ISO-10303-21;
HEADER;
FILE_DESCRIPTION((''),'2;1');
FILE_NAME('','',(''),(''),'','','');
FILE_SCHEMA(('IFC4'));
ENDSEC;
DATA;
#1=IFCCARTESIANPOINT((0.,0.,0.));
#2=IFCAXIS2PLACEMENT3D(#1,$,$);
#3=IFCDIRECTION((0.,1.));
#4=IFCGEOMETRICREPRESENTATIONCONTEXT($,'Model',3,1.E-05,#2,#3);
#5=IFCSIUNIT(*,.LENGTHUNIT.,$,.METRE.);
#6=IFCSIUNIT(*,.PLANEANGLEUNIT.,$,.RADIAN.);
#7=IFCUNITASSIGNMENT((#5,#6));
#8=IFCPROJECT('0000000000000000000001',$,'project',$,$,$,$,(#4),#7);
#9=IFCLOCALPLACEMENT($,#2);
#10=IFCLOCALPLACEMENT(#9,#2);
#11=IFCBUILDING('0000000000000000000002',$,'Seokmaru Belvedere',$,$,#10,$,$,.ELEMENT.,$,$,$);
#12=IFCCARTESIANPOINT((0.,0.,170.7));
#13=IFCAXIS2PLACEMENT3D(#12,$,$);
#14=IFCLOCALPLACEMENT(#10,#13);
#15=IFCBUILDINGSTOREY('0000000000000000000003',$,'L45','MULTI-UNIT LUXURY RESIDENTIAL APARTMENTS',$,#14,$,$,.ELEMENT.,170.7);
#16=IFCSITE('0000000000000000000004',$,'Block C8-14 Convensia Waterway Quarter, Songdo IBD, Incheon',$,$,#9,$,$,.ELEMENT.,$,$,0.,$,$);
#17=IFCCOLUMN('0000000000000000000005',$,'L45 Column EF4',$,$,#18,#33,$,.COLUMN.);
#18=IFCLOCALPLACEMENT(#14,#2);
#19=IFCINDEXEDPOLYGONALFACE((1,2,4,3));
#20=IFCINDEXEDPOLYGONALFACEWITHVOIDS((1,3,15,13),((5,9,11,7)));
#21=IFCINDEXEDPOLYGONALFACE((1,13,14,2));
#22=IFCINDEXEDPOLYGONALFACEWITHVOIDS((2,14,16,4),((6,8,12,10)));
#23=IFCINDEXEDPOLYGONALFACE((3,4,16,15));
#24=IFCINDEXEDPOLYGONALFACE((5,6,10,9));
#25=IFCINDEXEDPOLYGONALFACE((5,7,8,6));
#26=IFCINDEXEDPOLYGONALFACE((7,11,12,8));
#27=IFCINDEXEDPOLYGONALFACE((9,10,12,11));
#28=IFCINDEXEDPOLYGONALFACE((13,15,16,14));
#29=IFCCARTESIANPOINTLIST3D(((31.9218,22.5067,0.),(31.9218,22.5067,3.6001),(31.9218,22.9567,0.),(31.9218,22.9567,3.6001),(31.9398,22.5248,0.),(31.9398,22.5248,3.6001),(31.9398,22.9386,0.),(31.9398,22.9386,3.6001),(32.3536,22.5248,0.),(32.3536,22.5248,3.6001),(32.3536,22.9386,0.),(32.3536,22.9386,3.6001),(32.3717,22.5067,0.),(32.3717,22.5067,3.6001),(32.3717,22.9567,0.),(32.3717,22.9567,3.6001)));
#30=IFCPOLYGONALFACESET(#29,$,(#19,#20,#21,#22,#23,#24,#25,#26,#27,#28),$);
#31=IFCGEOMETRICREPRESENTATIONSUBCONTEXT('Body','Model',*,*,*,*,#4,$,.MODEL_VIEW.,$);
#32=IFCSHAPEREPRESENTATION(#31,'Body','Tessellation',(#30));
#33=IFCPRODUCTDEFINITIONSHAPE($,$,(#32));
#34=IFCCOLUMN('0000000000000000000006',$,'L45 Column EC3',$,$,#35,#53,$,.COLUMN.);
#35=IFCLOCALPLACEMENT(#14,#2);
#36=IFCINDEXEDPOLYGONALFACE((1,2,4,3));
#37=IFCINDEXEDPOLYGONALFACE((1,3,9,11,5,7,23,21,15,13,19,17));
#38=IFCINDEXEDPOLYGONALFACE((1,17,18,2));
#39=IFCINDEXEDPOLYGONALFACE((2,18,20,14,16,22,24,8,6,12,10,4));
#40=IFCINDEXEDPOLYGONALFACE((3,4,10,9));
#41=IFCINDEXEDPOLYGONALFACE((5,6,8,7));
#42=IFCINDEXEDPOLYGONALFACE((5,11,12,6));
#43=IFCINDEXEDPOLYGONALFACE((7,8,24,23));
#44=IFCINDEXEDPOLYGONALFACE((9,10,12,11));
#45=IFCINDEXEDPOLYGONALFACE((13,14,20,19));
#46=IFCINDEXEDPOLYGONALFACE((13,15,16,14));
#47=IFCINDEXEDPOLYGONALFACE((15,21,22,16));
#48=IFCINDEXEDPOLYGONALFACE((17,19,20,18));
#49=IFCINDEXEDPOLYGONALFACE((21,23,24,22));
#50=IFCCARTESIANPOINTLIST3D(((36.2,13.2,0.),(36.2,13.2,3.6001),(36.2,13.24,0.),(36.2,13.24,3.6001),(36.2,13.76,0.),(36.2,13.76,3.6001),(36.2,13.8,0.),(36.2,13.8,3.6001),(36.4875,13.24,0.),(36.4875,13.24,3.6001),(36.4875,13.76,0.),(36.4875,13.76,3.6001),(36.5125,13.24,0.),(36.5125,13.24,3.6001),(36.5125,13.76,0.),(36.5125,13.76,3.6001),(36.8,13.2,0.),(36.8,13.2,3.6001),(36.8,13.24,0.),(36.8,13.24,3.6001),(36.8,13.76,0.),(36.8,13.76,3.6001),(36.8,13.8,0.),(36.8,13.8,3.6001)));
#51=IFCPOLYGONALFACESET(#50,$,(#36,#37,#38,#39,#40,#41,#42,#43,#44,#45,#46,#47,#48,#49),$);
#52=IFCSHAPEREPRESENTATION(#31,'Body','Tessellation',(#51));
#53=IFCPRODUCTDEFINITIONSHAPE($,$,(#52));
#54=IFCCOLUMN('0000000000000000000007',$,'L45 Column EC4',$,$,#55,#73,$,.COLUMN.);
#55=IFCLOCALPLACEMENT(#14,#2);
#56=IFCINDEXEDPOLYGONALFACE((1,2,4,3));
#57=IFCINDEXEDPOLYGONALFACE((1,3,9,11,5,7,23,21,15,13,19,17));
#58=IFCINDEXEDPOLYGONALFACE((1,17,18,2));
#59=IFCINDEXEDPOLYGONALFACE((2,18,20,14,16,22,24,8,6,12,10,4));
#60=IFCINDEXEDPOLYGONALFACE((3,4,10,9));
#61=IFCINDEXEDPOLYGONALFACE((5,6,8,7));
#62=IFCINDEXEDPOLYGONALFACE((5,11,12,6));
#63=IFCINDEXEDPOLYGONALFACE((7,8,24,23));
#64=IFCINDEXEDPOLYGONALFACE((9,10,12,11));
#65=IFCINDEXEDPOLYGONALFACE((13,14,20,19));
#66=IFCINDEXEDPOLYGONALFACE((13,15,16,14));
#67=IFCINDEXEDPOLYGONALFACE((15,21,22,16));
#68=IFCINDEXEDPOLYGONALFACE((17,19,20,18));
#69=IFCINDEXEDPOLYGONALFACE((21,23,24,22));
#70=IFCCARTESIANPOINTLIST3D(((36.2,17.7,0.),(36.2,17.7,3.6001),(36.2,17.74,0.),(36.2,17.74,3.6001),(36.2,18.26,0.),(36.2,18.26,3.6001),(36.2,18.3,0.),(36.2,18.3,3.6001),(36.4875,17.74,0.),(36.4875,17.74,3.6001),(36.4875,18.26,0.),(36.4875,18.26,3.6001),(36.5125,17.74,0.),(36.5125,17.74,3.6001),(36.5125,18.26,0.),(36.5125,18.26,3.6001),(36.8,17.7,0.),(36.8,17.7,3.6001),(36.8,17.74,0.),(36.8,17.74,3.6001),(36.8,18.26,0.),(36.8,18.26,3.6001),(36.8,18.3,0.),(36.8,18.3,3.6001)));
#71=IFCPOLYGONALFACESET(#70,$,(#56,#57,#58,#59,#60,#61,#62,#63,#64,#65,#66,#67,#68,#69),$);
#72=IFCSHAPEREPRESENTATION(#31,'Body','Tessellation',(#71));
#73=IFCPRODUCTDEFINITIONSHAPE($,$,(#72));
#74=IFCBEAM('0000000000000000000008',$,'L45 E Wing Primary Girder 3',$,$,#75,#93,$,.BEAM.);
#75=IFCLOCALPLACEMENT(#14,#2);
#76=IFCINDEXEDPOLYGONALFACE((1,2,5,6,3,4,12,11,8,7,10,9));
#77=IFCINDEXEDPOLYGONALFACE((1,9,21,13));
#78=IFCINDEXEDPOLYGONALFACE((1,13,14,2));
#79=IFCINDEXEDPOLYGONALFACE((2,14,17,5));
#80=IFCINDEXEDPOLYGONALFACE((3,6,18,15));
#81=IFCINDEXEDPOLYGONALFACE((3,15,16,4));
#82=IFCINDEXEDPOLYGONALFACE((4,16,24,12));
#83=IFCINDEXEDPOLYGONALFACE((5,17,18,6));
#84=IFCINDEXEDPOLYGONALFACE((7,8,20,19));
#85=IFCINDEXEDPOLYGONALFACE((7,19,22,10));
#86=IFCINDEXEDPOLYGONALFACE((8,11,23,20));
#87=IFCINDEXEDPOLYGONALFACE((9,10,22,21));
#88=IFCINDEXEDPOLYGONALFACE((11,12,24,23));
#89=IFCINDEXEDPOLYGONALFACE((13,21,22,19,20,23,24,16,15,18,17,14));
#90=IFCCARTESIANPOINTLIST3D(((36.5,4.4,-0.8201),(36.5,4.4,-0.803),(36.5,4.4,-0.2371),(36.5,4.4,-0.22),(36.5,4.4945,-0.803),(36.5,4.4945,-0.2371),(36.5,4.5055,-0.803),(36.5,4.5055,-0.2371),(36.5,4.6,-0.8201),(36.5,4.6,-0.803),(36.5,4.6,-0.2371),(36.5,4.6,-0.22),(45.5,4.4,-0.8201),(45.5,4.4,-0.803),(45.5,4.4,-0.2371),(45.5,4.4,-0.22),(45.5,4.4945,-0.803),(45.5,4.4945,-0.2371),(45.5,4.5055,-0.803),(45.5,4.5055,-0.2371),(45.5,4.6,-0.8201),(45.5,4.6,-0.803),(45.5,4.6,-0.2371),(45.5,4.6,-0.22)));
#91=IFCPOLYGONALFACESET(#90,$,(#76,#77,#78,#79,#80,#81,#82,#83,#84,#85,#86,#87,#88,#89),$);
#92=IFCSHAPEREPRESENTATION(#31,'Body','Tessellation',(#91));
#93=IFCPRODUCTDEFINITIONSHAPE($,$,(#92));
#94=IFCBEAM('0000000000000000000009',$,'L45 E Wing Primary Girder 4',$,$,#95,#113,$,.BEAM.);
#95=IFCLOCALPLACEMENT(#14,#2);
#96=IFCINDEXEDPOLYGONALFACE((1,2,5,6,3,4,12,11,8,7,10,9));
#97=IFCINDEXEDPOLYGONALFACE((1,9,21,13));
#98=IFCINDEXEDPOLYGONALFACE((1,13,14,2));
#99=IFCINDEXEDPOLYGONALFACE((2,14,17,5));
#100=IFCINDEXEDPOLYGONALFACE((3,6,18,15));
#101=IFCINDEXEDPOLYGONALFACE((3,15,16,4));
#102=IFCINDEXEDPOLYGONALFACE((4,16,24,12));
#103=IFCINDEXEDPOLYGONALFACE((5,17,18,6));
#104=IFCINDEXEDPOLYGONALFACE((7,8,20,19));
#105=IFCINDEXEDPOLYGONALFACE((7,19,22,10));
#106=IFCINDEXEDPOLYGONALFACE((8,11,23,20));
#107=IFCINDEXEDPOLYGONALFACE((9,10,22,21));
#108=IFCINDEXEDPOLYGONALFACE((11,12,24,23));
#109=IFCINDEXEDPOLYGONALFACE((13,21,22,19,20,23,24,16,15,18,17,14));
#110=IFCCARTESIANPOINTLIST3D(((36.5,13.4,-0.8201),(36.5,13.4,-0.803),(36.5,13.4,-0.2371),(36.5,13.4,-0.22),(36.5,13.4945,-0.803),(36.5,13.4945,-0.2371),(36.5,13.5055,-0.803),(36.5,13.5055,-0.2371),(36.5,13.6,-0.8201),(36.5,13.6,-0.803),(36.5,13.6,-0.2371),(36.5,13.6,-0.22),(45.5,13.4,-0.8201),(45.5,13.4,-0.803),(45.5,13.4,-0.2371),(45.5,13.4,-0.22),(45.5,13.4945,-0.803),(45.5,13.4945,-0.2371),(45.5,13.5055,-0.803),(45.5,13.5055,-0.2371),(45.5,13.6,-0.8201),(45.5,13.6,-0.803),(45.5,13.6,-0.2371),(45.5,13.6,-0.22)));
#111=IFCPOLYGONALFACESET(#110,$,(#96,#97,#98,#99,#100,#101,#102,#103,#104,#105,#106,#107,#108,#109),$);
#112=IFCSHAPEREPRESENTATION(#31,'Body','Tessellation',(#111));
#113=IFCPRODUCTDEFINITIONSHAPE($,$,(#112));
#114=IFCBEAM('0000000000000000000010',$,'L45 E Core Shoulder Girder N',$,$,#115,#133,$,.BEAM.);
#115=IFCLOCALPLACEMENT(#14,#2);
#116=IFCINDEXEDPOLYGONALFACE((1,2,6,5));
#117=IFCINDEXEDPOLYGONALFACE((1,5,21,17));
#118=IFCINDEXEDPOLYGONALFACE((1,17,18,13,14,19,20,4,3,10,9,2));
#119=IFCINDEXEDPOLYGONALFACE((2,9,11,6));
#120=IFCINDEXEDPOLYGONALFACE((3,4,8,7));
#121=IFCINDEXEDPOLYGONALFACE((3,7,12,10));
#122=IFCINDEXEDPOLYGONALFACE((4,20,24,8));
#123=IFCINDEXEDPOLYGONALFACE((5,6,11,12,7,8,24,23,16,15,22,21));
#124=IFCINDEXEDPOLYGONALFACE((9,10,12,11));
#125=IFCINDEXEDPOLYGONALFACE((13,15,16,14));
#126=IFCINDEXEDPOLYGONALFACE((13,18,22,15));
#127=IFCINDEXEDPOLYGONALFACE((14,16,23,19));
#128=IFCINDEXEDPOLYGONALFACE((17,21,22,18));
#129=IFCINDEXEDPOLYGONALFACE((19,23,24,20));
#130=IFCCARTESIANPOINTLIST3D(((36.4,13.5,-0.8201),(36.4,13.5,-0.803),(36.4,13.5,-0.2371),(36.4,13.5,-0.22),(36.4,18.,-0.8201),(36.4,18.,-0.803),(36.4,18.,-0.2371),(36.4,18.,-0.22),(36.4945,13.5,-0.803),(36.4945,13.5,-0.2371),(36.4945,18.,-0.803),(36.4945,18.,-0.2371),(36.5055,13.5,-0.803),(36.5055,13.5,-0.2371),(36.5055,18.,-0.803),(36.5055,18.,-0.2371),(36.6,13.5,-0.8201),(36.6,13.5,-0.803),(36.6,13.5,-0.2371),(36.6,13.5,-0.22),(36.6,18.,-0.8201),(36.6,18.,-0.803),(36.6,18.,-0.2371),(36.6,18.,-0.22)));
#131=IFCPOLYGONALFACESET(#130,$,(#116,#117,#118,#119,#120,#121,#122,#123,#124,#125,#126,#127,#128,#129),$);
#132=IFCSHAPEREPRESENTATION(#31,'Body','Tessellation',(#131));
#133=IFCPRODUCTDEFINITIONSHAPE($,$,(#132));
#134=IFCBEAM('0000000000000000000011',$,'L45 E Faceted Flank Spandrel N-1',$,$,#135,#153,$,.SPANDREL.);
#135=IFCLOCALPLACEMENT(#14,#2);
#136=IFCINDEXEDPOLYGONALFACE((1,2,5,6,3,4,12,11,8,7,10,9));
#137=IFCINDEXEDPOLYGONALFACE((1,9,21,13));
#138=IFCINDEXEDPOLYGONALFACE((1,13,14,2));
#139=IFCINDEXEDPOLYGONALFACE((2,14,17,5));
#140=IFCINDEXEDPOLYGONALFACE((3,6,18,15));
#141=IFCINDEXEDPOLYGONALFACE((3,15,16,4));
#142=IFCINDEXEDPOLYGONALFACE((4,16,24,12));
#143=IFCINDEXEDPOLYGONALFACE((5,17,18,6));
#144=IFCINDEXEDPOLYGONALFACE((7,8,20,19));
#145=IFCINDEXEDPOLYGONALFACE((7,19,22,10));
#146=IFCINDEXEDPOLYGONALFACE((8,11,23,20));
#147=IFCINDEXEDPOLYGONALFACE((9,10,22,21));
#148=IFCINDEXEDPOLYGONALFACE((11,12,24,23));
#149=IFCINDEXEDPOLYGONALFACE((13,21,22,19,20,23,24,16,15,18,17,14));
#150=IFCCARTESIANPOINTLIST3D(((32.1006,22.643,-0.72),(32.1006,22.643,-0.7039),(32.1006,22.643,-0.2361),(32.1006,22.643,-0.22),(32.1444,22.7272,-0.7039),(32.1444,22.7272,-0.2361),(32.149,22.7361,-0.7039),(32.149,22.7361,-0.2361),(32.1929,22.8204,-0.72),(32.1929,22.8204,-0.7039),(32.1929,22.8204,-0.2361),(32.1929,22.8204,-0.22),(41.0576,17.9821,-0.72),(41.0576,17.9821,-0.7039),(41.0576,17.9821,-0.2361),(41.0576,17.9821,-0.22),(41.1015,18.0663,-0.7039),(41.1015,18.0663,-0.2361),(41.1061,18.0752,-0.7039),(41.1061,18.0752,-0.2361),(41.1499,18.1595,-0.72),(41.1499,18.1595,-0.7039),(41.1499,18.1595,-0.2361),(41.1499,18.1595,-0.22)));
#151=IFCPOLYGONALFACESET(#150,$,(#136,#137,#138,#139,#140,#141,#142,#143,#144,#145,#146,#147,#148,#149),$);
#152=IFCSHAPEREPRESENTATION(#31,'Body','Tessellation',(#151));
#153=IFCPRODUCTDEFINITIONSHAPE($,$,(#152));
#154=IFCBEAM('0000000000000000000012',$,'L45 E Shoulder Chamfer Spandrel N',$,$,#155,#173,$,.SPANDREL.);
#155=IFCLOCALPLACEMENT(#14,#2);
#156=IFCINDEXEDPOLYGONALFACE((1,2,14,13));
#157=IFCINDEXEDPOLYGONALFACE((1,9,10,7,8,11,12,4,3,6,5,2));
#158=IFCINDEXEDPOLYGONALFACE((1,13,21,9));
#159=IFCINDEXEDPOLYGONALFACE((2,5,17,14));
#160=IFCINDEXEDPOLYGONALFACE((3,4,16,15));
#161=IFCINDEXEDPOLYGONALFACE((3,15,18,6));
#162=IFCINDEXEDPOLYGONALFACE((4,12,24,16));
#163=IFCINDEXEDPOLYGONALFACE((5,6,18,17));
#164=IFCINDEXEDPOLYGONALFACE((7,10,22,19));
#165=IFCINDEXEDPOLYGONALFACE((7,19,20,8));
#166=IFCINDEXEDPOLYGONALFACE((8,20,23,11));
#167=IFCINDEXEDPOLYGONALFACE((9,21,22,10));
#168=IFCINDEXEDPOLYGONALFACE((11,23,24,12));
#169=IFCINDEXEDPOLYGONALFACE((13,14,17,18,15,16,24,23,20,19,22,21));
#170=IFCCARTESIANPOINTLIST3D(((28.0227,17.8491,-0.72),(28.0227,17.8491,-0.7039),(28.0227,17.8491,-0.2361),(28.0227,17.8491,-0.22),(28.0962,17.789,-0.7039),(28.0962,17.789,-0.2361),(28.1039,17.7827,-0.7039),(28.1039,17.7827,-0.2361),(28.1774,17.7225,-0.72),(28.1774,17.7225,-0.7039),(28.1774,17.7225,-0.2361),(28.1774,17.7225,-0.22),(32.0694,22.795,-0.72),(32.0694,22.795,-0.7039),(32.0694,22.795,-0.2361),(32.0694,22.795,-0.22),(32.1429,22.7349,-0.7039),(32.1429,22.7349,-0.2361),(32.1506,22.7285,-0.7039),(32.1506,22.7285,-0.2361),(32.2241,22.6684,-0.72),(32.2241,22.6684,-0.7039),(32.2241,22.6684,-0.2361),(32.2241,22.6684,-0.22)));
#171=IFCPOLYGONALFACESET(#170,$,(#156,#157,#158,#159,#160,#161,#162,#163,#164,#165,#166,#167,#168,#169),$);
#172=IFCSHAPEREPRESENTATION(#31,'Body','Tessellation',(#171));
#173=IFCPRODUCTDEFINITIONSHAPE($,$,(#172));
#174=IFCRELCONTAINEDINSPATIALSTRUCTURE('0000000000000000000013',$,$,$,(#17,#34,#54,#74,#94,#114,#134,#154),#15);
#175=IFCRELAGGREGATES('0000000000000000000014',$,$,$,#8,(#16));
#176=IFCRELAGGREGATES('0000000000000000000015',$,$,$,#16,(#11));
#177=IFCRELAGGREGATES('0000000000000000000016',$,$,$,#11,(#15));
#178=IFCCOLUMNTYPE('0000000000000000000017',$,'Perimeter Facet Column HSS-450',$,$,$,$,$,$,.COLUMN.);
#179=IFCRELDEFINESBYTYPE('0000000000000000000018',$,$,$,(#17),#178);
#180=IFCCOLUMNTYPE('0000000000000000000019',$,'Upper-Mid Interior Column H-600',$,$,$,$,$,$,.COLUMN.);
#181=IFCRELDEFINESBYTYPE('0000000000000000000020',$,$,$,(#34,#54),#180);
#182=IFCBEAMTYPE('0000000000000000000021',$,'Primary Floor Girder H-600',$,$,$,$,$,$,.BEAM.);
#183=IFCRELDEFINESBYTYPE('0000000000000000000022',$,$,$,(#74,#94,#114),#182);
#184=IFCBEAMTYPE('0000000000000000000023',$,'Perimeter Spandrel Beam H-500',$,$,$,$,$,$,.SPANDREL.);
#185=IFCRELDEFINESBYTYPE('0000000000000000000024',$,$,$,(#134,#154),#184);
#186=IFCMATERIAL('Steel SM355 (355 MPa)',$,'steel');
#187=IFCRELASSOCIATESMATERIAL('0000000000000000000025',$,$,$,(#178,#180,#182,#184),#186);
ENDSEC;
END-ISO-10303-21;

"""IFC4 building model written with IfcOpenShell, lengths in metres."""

from ifc_helpers import new_model, si_unit, direction, frame, origin, origin_2d, place, context, subcontext, project, spatial, hollow_rectangle, i_section, extrude, source, transform, mapped, material, material_profile, profile_set, type_object, type_shapes, element, save


model = new_model("IFC4")

# Units and contexts
model_context = context("Model", 3, precision=1e-05, world=origin(), true_north=direction((0.0, 1.0)))
body_context = subcontext(model_context, "Body", "Model", "MODEL_VIEW")
ifc_project = project(units=[si_unit("LENGTHUNIT", "METRE"), si_unit("PLANEANGLEUNIT", "RADIAN")], contexts=[model_context])

# Site, building, storey
site_placement = place(None, origin())
site = spatial("IfcSite", under=ifc_project, at=site_placement, Name="Block C8-14 Convensia Waterway Quarter, Songdo IBD, Incheon", CompositionType="ELEMENT", RefElevation=0.0)
building_placement = place(site_placement, origin())
building = spatial("IfcBuilding", under=site, at=building_placement, Name="Seokmaru Belvedere", CompositionType="ELEMENT")
storey_placement = place(building_placement, frame((0.0, 0.0, 170.7)))
storey = spatial("IfcBuildingStorey", under=building, at=storey_placement, Name="L45", Description="MULTI-UNIT LUXURY RESIDENTIAL APARTMENTS", CompositionType="ELEMENT", Elevation=170.7)

# Columns
ifc_material_1 = material(Name="Steel SM355 (355 MPa)", Category="steel")
ifc_material_profile_1 = material_profile(ifc_material_1, hollow_rectangle(XDim=0.45, YDim=0.45, WallThickness=0.0181, at=origin_2d()), Name="HSS-450x450x18")
ifc_profile_set_1 = profile_set([ifc_material_profile_1], Name="Steel SM355 (355 MPa)")
column_type_1 = type_object("IfcColumnType", Name="Perimeter Facet Column HSS-450", PredefinedType="COLUMN", material=ifc_profile_set_1)
shared_shape_1 = source(origin(), body_context, "Body", "SweptSolid", [
    extrude(hollow_rectangle(XDim=0.45, YDim=0.45, WallThickness=0.0181, at=origin_2d()), origin(), (0.0, 0.0, 1.0), 3.6001),
])
type_shapes(column_type_1, [shared_shape_1])
column_placement = place(storey_placement, frame((32.1467, 22.7317, 0.0), z_axis=(0.0, 0.0, 1.0), x_axis=(1.0, 0.0, 0.0)))
element("IfcColumn", 1, at=column_placement, inside=storey, type_object=column_type_1, Name="L45 Column EF4", PredefinedType="COLUMN", context=body_context, shape_type="MappedRepresentation", body=[
    mapped(shared_shape_1, transform((0.0, 0.0, 0.0), scale=1.0)),
])
ifc_material_profile_2 = material_profile(ifc_material_1, i_section(OverallWidth=0.6001, OverallDepth=0.6001, WebThickness=0.0249, FlangeThickness=0.04, at=origin_2d()), Name="H-600x600x25x40")
ifc_profile_set_2 = profile_set([ifc_material_profile_2], Name="Steel SM355 (355 MPa)")
column_type_2 = type_object("IfcColumnType", Name="Upper-Mid Interior Column H-600", PredefinedType="COLUMN", material=ifc_profile_set_2)
shared_shape_2 = source(origin(), body_context, "Body", "SweptSolid", [
    extrude(i_section(OverallWidth=0.6001, OverallDepth=0.6001, WebThickness=0.0249, FlangeThickness=0.04, at=origin_2d()), origin(), (0.0, 0.0, 1.0), 3.6001),
])
type_shapes(column_type_2, [shared_shape_2])
for number, where, z_axis, x_axis, name in (
    (2, (36.5, 13.5, 0.0), (0.0, 0.0, 1.0), (1.0, 0.0, 0.0), "L45 Column EC3"),
    (3, (36.5, 18.0, 0.0), (0.0, 0.0, 1.0), (1.0, 0.0, 0.0), "L45 Column EC4"),
):
    element("IfcColumn", number, at=place(storey_placement, frame(where, z_axis=z_axis, x_axis=x_axis)), inside=storey, type_object=column_type_2, Name=name, PredefinedType="COLUMN", context=body_context, shape_type="MappedRepresentation", body=[
        mapped(shared_shape_2, transform((0.0, 0.0, 0.0), scale=1.0)),
    ])

# Beams
ifc_material_profile_3 = material_profile(ifc_material_1, i_section(OverallWidth=0.2, OverallDepth=0.6001, WebThickness=0.011, FlangeThickness=0.0171, at=origin_2d()), Name="H-600x200x11x17")
ifc_profile_set_3 = profile_set([ifc_material_profile_3], Name="Steel SM355 (355 MPa)")
beam_type_1 = type_object("IfcBeamType", Name="Primary Floor Girder H-600", PredefinedType="BEAM", material=ifc_profile_set_3)
shared_shape_3 = source(origin(), body_context, "Body", "SweptSolid", [
    extrude(i_section(OverallWidth=0.2, OverallDepth=0.6001, WebThickness=0.011, FlangeThickness=0.0171, at=origin_2d()), origin(), (0.0, 0.0, 1.0), 9.0),
])
for number, where, z_axis, x_axis, name in (
    (4, (36.5, 4.5, -0.52), (1.0, 0.0, 0.0), (0.0, 1.0, 0.0), "L45 E Wing Primary Girder 3"),
    (5, (36.5, 13.5, -0.52), (1.0, 0.0, 0.0), (0.0, 1.0, 0.0), "L45 E Wing Primary Girder 4"),
):
    element("IfcBeam", number, at=place(storey_placement, frame(where, z_axis=z_axis, x_axis=x_axis)), inside=storey, type_object=beam_type_1, Name=name, PredefinedType="BEAM", context=body_context, shape_type="MappedRepresentation", body=[
        mapped(shared_shape_3, transform((0.0, 0.0, 0.0), scale=1.0)),
    ])
shared_shape_4 = source(origin(), body_context, "Body", "SweptSolid", [
    extrude(i_section(OverallWidth=0.2, OverallDepth=0.6001, WebThickness=0.011, FlangeThickness=0.0171, at=origin_2d()), origin(), (0.0, 0.0, 1.0), 4.5),
])
type_shapes(beam_type_1, [shared_shape_3, shared_shape_4])
beam_1_placement = place(storey_placement, frame((36.5, 13.5, -0.52), z_axis=(0.0, 1.0, 0.0), x_axis=(-1.0, 0.0, 0.0)))
element("IfcBeam", 6, at=beam_1_placement, inside=storey, type_object=beam_type_1, Name="L45 E Core Shoulder Girder N", PredefinedType="BEAM", context=body_context, shape_type="MappedRepresentation", body=[
    mapped(shared_shape_4, transform((0.0, 0.0, 0.0), scale=1.0)),
])
ifc_material_profile_4 = material_profile(ifc_material_1, i_section(OverallWidth=0.2, OverallDepth=0.5, WebThickness=0.01, FlangeThickness=0.0161, at=origin_2d()), Name="H-500x200x10x16")
ifc_profile_set_4 = profile_set([ifc_material_profile_4], Name="Steel SM355 (355 MPa)")
beam_type_2 = type_object("IfcBeamType", Name="Perimeter Spandrel Beam H-500", PredefinedType="SPANDREL", material=ifc_profile_set_4)
shared_shape_5 = source(origin(), body_context, "Body", "SweptSolid", [
    extrude(i_section(OverallWidth=0.2, OverallDepth=0.5, WebThickness=0.01, FlangeThickness=0.0161, at=origin_2d()), origin(), (0.0, 0.0, 1.0), 10.0972),
])
beam_2_placement = place(storey_placement, frame((32.1467, 22.7317, -0.47), z_axis=(0.887086, -0.461605, 0.0), x_axis=(0.461605, 0.887086, 0.0)))
element("IfcBeam", 7, at=beam_2_placement, inside=storey, type_object=beam_type_2, Name="L45 E Faceted Flank Spandrel N-1", PredefinedType="SPANDREL", context=body_context, shape_type="MappedRepresentation", body=[
    mapped(shared_shape_5, transform((0.0, 0.0, 0.0), scale=1.0)),
])
shared_shape_6 = source(origin(), body_context, "Body", "SweptSolid", [
    extrude(i_section(OverallWidth=0.2, OverallDepth=0.5, WebThickness=0.01, FlangeThickness=0.0161, at=origin_2d()), origin(), (0.0, 0.0, 1.0), 6.3904),
])
type_shapes(beam_type_2, [shared_shape_5, shared_shape_6])
beam_3_placement = place(storey_placement, frame((32.1467, 22.7317, -0.47), z_axis=(-0.633244, -0.773952, 0.0), x_axis=(0.773952, -0.633244, 0.0)))
element("IfcBeam", 8, at=beam_3_placement, inside=storey, type_object=beam_type_2, Name="L45 E Shoulder Chamfer Spandrel N", PredefinedType="SPANDREL", context=body_context, shape_type="MappedRepresentation", body=[
    mapped(shared_shape_6, transform((0.0, 0.0, 0.0), scale=1.0)),
])

save(model, "model.ifc")
